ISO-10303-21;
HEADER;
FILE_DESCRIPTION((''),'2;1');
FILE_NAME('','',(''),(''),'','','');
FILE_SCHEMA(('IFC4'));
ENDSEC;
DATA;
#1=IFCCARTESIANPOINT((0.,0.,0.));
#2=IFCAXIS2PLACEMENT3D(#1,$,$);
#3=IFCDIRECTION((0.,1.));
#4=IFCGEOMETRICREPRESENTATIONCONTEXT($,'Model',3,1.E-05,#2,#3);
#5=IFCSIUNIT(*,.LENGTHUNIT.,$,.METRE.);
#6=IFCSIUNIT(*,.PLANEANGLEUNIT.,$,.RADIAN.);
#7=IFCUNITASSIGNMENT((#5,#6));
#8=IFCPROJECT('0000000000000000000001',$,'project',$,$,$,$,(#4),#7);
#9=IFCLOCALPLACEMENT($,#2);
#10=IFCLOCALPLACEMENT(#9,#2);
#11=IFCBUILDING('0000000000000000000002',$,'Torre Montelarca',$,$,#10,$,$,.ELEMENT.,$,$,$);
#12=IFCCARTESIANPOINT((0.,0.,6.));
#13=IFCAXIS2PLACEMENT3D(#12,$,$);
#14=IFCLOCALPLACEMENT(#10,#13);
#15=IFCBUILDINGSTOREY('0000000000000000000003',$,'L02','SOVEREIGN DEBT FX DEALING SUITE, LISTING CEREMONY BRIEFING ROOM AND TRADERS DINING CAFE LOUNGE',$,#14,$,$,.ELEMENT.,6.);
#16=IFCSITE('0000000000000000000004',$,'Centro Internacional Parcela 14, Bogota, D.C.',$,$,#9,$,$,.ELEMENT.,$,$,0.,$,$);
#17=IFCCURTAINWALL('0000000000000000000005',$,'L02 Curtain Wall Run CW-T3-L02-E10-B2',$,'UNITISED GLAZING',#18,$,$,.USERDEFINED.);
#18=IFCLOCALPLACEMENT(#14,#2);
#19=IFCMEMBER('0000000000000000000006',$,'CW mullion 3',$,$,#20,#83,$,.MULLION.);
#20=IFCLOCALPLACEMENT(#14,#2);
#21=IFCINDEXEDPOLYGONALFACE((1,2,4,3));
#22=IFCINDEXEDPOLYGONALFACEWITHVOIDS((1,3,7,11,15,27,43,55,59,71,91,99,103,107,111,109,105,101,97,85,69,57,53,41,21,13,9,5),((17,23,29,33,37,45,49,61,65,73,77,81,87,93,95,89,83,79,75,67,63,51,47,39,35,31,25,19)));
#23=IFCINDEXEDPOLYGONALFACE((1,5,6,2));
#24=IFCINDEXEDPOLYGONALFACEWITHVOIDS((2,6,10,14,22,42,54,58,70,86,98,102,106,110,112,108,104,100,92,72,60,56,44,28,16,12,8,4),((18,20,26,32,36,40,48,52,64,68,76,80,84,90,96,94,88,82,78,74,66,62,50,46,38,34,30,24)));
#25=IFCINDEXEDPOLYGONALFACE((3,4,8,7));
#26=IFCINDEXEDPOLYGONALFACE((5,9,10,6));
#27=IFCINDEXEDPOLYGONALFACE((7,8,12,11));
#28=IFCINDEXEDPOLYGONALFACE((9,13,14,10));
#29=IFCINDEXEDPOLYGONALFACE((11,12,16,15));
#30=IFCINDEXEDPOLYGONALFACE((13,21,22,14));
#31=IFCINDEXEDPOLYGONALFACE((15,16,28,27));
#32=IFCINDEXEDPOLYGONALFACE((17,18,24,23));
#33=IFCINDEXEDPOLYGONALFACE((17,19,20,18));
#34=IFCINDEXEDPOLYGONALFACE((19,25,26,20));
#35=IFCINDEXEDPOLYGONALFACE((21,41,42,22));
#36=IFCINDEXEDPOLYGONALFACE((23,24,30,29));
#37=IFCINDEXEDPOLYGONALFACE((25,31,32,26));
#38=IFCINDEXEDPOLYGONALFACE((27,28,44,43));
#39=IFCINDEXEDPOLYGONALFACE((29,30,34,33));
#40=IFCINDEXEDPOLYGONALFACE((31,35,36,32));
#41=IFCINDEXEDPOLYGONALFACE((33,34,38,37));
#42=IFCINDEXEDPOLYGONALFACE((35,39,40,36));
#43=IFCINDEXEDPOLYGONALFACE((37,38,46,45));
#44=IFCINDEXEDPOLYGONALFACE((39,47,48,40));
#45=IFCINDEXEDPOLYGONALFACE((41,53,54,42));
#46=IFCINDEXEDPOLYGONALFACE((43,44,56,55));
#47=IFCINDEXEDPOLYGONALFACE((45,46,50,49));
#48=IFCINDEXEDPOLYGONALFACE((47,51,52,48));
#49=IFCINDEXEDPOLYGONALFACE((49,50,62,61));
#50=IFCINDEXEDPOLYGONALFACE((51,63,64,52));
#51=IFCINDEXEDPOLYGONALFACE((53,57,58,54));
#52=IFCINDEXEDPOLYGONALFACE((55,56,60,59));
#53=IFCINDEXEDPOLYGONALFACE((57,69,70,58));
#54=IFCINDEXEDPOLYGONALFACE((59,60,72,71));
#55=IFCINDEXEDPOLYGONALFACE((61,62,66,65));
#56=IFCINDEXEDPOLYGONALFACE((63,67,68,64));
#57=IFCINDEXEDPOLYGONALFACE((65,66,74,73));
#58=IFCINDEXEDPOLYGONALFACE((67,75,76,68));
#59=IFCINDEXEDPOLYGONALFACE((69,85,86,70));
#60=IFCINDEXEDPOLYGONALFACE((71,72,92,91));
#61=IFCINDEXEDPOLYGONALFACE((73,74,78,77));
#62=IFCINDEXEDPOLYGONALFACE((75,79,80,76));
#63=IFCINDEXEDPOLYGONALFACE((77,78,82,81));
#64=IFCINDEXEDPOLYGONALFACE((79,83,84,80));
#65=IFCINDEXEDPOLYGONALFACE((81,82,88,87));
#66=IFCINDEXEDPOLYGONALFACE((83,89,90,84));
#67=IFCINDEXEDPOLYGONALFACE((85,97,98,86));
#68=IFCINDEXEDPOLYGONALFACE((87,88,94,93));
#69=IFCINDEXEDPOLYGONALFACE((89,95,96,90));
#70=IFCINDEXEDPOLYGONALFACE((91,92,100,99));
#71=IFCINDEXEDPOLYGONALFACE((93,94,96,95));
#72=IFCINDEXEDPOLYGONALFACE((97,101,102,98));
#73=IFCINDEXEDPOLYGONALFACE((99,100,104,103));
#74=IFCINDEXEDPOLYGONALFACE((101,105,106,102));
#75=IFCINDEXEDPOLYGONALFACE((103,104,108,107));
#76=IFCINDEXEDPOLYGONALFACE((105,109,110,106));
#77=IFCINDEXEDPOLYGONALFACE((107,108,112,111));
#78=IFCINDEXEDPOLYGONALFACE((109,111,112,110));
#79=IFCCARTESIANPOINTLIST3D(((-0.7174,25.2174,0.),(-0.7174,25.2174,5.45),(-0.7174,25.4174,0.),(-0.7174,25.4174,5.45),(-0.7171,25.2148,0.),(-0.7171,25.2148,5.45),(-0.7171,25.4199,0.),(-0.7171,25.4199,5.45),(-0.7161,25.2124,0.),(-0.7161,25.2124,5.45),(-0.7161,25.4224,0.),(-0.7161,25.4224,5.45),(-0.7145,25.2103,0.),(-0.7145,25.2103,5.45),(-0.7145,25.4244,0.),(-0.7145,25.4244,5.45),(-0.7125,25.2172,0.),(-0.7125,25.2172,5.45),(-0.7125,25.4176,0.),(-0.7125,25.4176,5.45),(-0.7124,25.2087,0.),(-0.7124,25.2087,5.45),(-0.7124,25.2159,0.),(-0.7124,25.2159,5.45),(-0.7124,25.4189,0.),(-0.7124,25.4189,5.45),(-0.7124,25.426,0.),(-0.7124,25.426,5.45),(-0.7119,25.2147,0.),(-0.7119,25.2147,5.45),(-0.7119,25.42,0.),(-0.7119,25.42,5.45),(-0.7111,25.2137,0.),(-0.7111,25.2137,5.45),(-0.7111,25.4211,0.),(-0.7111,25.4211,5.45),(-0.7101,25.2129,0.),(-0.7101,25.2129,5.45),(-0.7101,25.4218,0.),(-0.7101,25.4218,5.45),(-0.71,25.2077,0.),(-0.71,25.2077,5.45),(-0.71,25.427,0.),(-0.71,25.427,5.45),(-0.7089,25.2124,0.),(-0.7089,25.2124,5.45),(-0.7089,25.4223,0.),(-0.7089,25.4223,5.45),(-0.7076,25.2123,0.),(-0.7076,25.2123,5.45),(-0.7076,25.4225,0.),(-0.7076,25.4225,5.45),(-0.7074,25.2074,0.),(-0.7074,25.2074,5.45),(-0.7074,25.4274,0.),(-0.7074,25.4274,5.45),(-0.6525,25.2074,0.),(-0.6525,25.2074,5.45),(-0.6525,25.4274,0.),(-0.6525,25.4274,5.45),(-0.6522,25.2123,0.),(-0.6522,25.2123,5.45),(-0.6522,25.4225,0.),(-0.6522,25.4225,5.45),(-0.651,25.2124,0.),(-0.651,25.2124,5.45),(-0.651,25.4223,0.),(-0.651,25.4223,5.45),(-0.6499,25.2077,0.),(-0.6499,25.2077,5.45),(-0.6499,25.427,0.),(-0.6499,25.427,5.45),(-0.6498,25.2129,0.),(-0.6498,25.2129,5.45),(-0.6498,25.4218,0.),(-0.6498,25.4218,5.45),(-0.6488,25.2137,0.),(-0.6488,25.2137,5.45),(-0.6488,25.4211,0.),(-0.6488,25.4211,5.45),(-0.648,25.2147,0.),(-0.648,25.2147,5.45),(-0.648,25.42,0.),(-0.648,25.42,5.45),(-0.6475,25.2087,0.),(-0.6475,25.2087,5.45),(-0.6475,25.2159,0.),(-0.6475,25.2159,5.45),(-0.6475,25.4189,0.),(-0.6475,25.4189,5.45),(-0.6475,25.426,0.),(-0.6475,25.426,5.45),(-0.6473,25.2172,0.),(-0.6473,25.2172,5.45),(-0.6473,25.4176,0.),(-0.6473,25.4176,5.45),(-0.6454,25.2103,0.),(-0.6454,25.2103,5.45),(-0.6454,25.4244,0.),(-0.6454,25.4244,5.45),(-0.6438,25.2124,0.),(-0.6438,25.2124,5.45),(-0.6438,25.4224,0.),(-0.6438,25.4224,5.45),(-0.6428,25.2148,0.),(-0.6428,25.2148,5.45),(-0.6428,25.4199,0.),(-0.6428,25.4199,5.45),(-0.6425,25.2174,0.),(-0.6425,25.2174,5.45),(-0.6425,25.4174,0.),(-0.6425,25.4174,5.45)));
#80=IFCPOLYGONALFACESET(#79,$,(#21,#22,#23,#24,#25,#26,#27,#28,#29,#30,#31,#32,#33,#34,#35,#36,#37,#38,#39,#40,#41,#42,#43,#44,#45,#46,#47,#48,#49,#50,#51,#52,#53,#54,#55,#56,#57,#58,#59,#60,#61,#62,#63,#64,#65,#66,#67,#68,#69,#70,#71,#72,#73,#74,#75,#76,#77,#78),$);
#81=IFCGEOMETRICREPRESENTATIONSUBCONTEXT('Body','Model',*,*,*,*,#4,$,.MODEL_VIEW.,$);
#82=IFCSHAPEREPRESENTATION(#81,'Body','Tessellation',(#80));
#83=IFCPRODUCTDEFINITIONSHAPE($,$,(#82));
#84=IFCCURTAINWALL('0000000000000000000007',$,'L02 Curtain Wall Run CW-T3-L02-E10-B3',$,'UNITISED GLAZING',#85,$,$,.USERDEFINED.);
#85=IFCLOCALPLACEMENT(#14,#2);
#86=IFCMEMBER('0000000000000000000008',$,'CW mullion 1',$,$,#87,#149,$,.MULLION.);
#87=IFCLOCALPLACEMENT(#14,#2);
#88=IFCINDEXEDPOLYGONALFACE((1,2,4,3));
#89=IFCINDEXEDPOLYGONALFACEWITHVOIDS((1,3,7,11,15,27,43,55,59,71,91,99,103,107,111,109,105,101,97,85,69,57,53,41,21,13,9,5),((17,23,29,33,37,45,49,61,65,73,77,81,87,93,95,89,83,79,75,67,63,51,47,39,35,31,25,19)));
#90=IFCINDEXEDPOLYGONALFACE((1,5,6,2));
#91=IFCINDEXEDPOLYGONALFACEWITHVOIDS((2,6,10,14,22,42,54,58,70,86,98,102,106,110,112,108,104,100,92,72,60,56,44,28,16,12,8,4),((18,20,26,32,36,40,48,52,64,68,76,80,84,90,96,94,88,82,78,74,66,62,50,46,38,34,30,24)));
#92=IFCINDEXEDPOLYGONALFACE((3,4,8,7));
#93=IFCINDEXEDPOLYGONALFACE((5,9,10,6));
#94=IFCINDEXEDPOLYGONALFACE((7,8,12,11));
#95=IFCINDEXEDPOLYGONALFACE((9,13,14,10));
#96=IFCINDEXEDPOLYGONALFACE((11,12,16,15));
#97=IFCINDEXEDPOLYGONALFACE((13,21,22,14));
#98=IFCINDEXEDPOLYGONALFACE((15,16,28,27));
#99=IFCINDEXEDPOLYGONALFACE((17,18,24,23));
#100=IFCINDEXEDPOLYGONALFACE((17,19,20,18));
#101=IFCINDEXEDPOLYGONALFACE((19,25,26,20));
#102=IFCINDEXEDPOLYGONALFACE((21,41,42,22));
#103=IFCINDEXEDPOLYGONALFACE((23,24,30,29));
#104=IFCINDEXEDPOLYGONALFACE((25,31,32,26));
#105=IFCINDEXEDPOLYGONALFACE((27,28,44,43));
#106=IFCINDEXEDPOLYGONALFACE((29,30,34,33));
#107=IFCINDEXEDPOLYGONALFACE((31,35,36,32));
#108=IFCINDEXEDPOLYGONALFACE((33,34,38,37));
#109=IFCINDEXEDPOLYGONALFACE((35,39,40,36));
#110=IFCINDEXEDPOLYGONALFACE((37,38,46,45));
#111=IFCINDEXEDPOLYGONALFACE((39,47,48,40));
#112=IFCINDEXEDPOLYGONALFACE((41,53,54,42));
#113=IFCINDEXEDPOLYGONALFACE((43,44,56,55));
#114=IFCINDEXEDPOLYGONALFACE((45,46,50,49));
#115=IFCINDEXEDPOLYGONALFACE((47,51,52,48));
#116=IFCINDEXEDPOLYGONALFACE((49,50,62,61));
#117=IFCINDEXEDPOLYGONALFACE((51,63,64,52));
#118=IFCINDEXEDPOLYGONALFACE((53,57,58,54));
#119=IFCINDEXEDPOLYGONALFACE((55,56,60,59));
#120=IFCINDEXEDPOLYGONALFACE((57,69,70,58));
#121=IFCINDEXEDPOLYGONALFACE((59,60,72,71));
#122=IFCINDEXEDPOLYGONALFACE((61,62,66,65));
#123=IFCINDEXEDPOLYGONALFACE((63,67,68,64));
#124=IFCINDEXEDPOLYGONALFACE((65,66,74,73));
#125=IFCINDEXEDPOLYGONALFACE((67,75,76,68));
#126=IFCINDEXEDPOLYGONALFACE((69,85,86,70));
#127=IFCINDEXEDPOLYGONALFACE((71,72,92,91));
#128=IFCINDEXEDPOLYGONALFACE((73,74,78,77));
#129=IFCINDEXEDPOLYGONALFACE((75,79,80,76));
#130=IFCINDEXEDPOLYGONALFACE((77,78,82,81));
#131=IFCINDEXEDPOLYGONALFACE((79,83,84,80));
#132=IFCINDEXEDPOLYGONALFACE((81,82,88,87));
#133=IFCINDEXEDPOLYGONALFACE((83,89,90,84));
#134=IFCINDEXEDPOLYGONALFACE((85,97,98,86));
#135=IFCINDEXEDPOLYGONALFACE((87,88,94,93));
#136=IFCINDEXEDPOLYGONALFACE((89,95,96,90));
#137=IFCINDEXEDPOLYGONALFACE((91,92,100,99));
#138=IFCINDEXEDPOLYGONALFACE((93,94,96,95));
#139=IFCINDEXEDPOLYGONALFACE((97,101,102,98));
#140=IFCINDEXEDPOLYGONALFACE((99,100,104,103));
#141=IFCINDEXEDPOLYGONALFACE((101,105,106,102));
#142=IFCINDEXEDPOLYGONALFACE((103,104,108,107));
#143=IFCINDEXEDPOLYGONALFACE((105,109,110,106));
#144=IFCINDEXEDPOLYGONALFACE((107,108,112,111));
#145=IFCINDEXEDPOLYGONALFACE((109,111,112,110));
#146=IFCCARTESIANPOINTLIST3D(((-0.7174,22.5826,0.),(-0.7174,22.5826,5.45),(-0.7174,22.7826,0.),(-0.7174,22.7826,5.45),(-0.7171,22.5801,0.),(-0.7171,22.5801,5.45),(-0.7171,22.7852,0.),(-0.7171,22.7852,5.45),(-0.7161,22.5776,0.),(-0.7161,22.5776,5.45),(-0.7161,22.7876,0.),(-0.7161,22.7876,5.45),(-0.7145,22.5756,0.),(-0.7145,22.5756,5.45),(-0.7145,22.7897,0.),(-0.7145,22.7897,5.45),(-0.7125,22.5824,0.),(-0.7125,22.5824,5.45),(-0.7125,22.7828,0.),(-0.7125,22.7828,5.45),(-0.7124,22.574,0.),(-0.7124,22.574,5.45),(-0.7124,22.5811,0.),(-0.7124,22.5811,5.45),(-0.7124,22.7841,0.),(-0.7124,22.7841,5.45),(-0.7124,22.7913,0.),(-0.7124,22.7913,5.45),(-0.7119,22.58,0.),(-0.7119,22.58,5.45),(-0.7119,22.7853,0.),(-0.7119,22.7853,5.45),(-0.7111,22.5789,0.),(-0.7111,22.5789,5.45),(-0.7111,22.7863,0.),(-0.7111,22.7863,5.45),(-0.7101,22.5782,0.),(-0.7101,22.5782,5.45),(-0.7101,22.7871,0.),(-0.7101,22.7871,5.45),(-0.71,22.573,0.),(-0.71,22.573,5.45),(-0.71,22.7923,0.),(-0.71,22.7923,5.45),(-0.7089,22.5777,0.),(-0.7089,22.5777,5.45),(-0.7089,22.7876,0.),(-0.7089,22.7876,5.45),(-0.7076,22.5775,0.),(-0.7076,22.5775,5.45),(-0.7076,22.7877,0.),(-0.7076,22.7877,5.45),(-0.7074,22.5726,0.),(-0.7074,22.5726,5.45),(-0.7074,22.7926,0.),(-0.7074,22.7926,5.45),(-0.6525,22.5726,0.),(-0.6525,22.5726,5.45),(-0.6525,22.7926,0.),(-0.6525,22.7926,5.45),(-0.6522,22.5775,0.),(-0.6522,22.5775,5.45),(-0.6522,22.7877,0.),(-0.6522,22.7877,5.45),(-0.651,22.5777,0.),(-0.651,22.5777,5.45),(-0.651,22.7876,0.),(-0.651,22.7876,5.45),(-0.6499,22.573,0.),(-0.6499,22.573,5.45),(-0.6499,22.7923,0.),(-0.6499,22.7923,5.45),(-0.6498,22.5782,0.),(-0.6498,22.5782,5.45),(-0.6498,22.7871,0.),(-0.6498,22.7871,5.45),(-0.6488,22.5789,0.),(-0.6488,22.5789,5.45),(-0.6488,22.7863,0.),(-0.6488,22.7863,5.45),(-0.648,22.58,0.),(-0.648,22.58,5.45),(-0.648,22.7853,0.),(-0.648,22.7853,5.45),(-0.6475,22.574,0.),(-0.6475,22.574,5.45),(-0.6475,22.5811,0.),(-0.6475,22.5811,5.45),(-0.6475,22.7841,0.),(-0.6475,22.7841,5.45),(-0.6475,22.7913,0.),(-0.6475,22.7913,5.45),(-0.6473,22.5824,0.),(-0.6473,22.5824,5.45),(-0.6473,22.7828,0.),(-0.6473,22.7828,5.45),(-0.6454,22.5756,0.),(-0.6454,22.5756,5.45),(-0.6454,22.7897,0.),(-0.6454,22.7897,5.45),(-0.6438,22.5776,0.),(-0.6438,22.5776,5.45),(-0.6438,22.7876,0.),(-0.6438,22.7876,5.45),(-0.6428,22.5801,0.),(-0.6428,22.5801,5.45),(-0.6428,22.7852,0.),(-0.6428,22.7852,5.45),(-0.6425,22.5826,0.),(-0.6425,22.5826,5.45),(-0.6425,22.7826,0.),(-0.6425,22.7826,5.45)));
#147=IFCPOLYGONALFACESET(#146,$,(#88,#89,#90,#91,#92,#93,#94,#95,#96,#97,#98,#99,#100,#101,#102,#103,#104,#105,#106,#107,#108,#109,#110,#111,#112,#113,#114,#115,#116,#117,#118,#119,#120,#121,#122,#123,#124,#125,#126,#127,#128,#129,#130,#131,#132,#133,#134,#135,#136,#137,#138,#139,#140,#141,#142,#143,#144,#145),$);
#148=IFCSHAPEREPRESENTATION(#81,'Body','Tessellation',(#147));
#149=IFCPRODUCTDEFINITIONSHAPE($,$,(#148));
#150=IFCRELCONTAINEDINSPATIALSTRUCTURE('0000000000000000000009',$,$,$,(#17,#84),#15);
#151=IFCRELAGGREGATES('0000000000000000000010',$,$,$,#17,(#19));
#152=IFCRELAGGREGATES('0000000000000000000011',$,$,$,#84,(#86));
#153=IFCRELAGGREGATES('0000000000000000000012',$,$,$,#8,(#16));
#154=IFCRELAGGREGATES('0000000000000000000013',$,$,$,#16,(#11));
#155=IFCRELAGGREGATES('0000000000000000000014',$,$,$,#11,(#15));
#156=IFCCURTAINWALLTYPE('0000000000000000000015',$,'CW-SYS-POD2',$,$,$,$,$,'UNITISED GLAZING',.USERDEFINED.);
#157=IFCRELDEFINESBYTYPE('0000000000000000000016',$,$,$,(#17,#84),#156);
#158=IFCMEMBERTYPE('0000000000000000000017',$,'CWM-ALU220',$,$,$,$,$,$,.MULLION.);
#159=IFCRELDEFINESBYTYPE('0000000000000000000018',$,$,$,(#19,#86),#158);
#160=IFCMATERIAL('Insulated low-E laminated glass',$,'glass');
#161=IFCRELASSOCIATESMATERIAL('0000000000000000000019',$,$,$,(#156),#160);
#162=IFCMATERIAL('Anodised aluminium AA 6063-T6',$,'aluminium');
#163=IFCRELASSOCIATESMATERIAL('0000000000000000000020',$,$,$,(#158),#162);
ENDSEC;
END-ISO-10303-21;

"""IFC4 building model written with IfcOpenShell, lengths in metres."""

from ifc_helpers import new_model, si_unit, direction, frame, origin, origin_2d, place, context, subcontext, project, spatial, hollow_rectangle, extrude, source, transform, mapped, material, material_profile, profile_set, type_object, element, aggregate, save


model = new_model("IFC4")

# Units and contexts
model_context = context("Model", 3, precision=1e-05, world=origin(), true_north=direction((0.0, 1.0)))
body_context = subcontext(model_context, "Body", "Model", "MODEL_VIEW")
ifc_project = project(units=[si_unit("LENGTHUNIT", "METRE"), si_unit("PLANEANGLEUNIT", "RADIAN")], contexts=[model_context])

# Site, building, storey
site_placement = place(None, origin())
site = spatial("IfcSite", under=ifc_project, at=site_placement, Name="Centro Internacional Parcela 14, Bogota, D.C.", CompositionType="ELEMENT", RefElevation=0.0)
building_placement = place(site_placement, origin())
building = spatial("IfcBuilding", under=site, at=building_placement, Name="Torre Montelarca", CompositionType="ELEMENT")
storey_placement = place(building_placement, frame((0.0, 0.0, 6.0)))
storey = spatial("IfcBuildingStorey", under=building, at=storey_placement, Name="L02", Description="SOVEREIGN DEBT FX DEALING SUITE, LISTING CEREMONY BRIEFING ROOM AND TRADERS DINING CAFE LOUNGE", CompositionType="ELEMENT", Elevation=6.0)

# Curtain wall, member
ifc_material_1 = material(Name="Insulated low-E laminated glass", Category="glass")
curtain_wall_type = type_object("IfcCurtainWallType", Name="CW-SYS-POD2", ElementType="UNITISED GLAZING", PredefinedType="USERDEFINED", material=ifc_material_1)
curtain_wall_1_placement = place(storey_placement, origin())
curtain_wall_1 = element("IfcCurtainWall", 1, at=curtain_wall_1_placement, inside=storey, type_object=curtain_wall_type, Name="L02 Curtain Wall Run CW-T3-L02-E10-B2", ObjectType="UNITISED GLAZING", PredefinedType="USERDEFINED")
ifc_material_2 = material(Name="Anodised aluminium AA 6063-T6", Category="aluminium")
ifc_material_profile_1 = material_profile(ifc_material_2, hollow_rectangle(XDim=0.075, YDim=0.22, WallThickness=0.0049, InnerFilletRadius=0.0049, OuterFilletRadius=0.01, at=origin_2d()), Name="ALU75X220X5", Category="aluminium")
ifc_profile_set_1 = profile_set([ifc_material_profile_1], Name="Anodised aluminium AA 6063-T6")
member_type_1 = type_object("IfcMemberType", Name="CWM-ALU220", PredefinedType="MULLION", material=ifc_profile_set_1)
shared_shape_1 = source(origin(), body_context, "Body", "SweptSolid", [
    extrude(hollow_rectangle(XDim=0.075, YDim=0.22, WallThickness=0.0049, InnerFilletRadius=0.0049, OuterFilletRadius=0.01, at=origin_2d()), origin(), (0.0, 0.0, 1.0), 5.45),
])
member_1_placement = place(storey_placement, frame((-0.6799, 25.3174, 0.0), z_axis=(0.0, 0.0, 1.0), x_axis=(1.0, 0.0, 0.0)))
member_1 = element("IfcMember", 2, at=member_1_placement, type_object=member_type_1, Name="CW mullion 3", PredefinedType="MULLION", context=body_context, shape_type="MappedRepresentation", body=[
    mapped(shared_shape_1, transform((0.0, 0.0, 0.0), scale=1.0)),
])
aggregate(curtain_wall_1, [member_1])

# Curtain wall, member
curtain_wall_2_placement = place(storey_placement, origin())
curtain_wall_2 = element("IfcCurtainWall", 3, at=curtain_wall_2_placement, inside=storey, type_object=curtain_wall_type, Name="L02 Curtain Wall Run CW-T3-L02-E10-B3", ObjectType="UNITISED GLAZING", PredefinedType="USERDEFINED")
member_2_placement = place(storey_placement, frame((-0.6799, 22.6826, 0.0), z_axis=(0.0, 0.0, 1.0), x_axis=(1.0, 0.0, 0.0)))
member_2 = element("IfcMember", 4, at=member_2_placement, type_object=member_type_1, Name="CW mullion 1", PredefinedType="MULLION", context=body_context, shape_type="MappedRepresentation", body=[
    mapped(shared_shape_1, transform((0.0, 0.0, 0.0), scale=1.0)),
])
aggregate(curtain_wall_2, [member_2])

save(model, "model.ifc")
